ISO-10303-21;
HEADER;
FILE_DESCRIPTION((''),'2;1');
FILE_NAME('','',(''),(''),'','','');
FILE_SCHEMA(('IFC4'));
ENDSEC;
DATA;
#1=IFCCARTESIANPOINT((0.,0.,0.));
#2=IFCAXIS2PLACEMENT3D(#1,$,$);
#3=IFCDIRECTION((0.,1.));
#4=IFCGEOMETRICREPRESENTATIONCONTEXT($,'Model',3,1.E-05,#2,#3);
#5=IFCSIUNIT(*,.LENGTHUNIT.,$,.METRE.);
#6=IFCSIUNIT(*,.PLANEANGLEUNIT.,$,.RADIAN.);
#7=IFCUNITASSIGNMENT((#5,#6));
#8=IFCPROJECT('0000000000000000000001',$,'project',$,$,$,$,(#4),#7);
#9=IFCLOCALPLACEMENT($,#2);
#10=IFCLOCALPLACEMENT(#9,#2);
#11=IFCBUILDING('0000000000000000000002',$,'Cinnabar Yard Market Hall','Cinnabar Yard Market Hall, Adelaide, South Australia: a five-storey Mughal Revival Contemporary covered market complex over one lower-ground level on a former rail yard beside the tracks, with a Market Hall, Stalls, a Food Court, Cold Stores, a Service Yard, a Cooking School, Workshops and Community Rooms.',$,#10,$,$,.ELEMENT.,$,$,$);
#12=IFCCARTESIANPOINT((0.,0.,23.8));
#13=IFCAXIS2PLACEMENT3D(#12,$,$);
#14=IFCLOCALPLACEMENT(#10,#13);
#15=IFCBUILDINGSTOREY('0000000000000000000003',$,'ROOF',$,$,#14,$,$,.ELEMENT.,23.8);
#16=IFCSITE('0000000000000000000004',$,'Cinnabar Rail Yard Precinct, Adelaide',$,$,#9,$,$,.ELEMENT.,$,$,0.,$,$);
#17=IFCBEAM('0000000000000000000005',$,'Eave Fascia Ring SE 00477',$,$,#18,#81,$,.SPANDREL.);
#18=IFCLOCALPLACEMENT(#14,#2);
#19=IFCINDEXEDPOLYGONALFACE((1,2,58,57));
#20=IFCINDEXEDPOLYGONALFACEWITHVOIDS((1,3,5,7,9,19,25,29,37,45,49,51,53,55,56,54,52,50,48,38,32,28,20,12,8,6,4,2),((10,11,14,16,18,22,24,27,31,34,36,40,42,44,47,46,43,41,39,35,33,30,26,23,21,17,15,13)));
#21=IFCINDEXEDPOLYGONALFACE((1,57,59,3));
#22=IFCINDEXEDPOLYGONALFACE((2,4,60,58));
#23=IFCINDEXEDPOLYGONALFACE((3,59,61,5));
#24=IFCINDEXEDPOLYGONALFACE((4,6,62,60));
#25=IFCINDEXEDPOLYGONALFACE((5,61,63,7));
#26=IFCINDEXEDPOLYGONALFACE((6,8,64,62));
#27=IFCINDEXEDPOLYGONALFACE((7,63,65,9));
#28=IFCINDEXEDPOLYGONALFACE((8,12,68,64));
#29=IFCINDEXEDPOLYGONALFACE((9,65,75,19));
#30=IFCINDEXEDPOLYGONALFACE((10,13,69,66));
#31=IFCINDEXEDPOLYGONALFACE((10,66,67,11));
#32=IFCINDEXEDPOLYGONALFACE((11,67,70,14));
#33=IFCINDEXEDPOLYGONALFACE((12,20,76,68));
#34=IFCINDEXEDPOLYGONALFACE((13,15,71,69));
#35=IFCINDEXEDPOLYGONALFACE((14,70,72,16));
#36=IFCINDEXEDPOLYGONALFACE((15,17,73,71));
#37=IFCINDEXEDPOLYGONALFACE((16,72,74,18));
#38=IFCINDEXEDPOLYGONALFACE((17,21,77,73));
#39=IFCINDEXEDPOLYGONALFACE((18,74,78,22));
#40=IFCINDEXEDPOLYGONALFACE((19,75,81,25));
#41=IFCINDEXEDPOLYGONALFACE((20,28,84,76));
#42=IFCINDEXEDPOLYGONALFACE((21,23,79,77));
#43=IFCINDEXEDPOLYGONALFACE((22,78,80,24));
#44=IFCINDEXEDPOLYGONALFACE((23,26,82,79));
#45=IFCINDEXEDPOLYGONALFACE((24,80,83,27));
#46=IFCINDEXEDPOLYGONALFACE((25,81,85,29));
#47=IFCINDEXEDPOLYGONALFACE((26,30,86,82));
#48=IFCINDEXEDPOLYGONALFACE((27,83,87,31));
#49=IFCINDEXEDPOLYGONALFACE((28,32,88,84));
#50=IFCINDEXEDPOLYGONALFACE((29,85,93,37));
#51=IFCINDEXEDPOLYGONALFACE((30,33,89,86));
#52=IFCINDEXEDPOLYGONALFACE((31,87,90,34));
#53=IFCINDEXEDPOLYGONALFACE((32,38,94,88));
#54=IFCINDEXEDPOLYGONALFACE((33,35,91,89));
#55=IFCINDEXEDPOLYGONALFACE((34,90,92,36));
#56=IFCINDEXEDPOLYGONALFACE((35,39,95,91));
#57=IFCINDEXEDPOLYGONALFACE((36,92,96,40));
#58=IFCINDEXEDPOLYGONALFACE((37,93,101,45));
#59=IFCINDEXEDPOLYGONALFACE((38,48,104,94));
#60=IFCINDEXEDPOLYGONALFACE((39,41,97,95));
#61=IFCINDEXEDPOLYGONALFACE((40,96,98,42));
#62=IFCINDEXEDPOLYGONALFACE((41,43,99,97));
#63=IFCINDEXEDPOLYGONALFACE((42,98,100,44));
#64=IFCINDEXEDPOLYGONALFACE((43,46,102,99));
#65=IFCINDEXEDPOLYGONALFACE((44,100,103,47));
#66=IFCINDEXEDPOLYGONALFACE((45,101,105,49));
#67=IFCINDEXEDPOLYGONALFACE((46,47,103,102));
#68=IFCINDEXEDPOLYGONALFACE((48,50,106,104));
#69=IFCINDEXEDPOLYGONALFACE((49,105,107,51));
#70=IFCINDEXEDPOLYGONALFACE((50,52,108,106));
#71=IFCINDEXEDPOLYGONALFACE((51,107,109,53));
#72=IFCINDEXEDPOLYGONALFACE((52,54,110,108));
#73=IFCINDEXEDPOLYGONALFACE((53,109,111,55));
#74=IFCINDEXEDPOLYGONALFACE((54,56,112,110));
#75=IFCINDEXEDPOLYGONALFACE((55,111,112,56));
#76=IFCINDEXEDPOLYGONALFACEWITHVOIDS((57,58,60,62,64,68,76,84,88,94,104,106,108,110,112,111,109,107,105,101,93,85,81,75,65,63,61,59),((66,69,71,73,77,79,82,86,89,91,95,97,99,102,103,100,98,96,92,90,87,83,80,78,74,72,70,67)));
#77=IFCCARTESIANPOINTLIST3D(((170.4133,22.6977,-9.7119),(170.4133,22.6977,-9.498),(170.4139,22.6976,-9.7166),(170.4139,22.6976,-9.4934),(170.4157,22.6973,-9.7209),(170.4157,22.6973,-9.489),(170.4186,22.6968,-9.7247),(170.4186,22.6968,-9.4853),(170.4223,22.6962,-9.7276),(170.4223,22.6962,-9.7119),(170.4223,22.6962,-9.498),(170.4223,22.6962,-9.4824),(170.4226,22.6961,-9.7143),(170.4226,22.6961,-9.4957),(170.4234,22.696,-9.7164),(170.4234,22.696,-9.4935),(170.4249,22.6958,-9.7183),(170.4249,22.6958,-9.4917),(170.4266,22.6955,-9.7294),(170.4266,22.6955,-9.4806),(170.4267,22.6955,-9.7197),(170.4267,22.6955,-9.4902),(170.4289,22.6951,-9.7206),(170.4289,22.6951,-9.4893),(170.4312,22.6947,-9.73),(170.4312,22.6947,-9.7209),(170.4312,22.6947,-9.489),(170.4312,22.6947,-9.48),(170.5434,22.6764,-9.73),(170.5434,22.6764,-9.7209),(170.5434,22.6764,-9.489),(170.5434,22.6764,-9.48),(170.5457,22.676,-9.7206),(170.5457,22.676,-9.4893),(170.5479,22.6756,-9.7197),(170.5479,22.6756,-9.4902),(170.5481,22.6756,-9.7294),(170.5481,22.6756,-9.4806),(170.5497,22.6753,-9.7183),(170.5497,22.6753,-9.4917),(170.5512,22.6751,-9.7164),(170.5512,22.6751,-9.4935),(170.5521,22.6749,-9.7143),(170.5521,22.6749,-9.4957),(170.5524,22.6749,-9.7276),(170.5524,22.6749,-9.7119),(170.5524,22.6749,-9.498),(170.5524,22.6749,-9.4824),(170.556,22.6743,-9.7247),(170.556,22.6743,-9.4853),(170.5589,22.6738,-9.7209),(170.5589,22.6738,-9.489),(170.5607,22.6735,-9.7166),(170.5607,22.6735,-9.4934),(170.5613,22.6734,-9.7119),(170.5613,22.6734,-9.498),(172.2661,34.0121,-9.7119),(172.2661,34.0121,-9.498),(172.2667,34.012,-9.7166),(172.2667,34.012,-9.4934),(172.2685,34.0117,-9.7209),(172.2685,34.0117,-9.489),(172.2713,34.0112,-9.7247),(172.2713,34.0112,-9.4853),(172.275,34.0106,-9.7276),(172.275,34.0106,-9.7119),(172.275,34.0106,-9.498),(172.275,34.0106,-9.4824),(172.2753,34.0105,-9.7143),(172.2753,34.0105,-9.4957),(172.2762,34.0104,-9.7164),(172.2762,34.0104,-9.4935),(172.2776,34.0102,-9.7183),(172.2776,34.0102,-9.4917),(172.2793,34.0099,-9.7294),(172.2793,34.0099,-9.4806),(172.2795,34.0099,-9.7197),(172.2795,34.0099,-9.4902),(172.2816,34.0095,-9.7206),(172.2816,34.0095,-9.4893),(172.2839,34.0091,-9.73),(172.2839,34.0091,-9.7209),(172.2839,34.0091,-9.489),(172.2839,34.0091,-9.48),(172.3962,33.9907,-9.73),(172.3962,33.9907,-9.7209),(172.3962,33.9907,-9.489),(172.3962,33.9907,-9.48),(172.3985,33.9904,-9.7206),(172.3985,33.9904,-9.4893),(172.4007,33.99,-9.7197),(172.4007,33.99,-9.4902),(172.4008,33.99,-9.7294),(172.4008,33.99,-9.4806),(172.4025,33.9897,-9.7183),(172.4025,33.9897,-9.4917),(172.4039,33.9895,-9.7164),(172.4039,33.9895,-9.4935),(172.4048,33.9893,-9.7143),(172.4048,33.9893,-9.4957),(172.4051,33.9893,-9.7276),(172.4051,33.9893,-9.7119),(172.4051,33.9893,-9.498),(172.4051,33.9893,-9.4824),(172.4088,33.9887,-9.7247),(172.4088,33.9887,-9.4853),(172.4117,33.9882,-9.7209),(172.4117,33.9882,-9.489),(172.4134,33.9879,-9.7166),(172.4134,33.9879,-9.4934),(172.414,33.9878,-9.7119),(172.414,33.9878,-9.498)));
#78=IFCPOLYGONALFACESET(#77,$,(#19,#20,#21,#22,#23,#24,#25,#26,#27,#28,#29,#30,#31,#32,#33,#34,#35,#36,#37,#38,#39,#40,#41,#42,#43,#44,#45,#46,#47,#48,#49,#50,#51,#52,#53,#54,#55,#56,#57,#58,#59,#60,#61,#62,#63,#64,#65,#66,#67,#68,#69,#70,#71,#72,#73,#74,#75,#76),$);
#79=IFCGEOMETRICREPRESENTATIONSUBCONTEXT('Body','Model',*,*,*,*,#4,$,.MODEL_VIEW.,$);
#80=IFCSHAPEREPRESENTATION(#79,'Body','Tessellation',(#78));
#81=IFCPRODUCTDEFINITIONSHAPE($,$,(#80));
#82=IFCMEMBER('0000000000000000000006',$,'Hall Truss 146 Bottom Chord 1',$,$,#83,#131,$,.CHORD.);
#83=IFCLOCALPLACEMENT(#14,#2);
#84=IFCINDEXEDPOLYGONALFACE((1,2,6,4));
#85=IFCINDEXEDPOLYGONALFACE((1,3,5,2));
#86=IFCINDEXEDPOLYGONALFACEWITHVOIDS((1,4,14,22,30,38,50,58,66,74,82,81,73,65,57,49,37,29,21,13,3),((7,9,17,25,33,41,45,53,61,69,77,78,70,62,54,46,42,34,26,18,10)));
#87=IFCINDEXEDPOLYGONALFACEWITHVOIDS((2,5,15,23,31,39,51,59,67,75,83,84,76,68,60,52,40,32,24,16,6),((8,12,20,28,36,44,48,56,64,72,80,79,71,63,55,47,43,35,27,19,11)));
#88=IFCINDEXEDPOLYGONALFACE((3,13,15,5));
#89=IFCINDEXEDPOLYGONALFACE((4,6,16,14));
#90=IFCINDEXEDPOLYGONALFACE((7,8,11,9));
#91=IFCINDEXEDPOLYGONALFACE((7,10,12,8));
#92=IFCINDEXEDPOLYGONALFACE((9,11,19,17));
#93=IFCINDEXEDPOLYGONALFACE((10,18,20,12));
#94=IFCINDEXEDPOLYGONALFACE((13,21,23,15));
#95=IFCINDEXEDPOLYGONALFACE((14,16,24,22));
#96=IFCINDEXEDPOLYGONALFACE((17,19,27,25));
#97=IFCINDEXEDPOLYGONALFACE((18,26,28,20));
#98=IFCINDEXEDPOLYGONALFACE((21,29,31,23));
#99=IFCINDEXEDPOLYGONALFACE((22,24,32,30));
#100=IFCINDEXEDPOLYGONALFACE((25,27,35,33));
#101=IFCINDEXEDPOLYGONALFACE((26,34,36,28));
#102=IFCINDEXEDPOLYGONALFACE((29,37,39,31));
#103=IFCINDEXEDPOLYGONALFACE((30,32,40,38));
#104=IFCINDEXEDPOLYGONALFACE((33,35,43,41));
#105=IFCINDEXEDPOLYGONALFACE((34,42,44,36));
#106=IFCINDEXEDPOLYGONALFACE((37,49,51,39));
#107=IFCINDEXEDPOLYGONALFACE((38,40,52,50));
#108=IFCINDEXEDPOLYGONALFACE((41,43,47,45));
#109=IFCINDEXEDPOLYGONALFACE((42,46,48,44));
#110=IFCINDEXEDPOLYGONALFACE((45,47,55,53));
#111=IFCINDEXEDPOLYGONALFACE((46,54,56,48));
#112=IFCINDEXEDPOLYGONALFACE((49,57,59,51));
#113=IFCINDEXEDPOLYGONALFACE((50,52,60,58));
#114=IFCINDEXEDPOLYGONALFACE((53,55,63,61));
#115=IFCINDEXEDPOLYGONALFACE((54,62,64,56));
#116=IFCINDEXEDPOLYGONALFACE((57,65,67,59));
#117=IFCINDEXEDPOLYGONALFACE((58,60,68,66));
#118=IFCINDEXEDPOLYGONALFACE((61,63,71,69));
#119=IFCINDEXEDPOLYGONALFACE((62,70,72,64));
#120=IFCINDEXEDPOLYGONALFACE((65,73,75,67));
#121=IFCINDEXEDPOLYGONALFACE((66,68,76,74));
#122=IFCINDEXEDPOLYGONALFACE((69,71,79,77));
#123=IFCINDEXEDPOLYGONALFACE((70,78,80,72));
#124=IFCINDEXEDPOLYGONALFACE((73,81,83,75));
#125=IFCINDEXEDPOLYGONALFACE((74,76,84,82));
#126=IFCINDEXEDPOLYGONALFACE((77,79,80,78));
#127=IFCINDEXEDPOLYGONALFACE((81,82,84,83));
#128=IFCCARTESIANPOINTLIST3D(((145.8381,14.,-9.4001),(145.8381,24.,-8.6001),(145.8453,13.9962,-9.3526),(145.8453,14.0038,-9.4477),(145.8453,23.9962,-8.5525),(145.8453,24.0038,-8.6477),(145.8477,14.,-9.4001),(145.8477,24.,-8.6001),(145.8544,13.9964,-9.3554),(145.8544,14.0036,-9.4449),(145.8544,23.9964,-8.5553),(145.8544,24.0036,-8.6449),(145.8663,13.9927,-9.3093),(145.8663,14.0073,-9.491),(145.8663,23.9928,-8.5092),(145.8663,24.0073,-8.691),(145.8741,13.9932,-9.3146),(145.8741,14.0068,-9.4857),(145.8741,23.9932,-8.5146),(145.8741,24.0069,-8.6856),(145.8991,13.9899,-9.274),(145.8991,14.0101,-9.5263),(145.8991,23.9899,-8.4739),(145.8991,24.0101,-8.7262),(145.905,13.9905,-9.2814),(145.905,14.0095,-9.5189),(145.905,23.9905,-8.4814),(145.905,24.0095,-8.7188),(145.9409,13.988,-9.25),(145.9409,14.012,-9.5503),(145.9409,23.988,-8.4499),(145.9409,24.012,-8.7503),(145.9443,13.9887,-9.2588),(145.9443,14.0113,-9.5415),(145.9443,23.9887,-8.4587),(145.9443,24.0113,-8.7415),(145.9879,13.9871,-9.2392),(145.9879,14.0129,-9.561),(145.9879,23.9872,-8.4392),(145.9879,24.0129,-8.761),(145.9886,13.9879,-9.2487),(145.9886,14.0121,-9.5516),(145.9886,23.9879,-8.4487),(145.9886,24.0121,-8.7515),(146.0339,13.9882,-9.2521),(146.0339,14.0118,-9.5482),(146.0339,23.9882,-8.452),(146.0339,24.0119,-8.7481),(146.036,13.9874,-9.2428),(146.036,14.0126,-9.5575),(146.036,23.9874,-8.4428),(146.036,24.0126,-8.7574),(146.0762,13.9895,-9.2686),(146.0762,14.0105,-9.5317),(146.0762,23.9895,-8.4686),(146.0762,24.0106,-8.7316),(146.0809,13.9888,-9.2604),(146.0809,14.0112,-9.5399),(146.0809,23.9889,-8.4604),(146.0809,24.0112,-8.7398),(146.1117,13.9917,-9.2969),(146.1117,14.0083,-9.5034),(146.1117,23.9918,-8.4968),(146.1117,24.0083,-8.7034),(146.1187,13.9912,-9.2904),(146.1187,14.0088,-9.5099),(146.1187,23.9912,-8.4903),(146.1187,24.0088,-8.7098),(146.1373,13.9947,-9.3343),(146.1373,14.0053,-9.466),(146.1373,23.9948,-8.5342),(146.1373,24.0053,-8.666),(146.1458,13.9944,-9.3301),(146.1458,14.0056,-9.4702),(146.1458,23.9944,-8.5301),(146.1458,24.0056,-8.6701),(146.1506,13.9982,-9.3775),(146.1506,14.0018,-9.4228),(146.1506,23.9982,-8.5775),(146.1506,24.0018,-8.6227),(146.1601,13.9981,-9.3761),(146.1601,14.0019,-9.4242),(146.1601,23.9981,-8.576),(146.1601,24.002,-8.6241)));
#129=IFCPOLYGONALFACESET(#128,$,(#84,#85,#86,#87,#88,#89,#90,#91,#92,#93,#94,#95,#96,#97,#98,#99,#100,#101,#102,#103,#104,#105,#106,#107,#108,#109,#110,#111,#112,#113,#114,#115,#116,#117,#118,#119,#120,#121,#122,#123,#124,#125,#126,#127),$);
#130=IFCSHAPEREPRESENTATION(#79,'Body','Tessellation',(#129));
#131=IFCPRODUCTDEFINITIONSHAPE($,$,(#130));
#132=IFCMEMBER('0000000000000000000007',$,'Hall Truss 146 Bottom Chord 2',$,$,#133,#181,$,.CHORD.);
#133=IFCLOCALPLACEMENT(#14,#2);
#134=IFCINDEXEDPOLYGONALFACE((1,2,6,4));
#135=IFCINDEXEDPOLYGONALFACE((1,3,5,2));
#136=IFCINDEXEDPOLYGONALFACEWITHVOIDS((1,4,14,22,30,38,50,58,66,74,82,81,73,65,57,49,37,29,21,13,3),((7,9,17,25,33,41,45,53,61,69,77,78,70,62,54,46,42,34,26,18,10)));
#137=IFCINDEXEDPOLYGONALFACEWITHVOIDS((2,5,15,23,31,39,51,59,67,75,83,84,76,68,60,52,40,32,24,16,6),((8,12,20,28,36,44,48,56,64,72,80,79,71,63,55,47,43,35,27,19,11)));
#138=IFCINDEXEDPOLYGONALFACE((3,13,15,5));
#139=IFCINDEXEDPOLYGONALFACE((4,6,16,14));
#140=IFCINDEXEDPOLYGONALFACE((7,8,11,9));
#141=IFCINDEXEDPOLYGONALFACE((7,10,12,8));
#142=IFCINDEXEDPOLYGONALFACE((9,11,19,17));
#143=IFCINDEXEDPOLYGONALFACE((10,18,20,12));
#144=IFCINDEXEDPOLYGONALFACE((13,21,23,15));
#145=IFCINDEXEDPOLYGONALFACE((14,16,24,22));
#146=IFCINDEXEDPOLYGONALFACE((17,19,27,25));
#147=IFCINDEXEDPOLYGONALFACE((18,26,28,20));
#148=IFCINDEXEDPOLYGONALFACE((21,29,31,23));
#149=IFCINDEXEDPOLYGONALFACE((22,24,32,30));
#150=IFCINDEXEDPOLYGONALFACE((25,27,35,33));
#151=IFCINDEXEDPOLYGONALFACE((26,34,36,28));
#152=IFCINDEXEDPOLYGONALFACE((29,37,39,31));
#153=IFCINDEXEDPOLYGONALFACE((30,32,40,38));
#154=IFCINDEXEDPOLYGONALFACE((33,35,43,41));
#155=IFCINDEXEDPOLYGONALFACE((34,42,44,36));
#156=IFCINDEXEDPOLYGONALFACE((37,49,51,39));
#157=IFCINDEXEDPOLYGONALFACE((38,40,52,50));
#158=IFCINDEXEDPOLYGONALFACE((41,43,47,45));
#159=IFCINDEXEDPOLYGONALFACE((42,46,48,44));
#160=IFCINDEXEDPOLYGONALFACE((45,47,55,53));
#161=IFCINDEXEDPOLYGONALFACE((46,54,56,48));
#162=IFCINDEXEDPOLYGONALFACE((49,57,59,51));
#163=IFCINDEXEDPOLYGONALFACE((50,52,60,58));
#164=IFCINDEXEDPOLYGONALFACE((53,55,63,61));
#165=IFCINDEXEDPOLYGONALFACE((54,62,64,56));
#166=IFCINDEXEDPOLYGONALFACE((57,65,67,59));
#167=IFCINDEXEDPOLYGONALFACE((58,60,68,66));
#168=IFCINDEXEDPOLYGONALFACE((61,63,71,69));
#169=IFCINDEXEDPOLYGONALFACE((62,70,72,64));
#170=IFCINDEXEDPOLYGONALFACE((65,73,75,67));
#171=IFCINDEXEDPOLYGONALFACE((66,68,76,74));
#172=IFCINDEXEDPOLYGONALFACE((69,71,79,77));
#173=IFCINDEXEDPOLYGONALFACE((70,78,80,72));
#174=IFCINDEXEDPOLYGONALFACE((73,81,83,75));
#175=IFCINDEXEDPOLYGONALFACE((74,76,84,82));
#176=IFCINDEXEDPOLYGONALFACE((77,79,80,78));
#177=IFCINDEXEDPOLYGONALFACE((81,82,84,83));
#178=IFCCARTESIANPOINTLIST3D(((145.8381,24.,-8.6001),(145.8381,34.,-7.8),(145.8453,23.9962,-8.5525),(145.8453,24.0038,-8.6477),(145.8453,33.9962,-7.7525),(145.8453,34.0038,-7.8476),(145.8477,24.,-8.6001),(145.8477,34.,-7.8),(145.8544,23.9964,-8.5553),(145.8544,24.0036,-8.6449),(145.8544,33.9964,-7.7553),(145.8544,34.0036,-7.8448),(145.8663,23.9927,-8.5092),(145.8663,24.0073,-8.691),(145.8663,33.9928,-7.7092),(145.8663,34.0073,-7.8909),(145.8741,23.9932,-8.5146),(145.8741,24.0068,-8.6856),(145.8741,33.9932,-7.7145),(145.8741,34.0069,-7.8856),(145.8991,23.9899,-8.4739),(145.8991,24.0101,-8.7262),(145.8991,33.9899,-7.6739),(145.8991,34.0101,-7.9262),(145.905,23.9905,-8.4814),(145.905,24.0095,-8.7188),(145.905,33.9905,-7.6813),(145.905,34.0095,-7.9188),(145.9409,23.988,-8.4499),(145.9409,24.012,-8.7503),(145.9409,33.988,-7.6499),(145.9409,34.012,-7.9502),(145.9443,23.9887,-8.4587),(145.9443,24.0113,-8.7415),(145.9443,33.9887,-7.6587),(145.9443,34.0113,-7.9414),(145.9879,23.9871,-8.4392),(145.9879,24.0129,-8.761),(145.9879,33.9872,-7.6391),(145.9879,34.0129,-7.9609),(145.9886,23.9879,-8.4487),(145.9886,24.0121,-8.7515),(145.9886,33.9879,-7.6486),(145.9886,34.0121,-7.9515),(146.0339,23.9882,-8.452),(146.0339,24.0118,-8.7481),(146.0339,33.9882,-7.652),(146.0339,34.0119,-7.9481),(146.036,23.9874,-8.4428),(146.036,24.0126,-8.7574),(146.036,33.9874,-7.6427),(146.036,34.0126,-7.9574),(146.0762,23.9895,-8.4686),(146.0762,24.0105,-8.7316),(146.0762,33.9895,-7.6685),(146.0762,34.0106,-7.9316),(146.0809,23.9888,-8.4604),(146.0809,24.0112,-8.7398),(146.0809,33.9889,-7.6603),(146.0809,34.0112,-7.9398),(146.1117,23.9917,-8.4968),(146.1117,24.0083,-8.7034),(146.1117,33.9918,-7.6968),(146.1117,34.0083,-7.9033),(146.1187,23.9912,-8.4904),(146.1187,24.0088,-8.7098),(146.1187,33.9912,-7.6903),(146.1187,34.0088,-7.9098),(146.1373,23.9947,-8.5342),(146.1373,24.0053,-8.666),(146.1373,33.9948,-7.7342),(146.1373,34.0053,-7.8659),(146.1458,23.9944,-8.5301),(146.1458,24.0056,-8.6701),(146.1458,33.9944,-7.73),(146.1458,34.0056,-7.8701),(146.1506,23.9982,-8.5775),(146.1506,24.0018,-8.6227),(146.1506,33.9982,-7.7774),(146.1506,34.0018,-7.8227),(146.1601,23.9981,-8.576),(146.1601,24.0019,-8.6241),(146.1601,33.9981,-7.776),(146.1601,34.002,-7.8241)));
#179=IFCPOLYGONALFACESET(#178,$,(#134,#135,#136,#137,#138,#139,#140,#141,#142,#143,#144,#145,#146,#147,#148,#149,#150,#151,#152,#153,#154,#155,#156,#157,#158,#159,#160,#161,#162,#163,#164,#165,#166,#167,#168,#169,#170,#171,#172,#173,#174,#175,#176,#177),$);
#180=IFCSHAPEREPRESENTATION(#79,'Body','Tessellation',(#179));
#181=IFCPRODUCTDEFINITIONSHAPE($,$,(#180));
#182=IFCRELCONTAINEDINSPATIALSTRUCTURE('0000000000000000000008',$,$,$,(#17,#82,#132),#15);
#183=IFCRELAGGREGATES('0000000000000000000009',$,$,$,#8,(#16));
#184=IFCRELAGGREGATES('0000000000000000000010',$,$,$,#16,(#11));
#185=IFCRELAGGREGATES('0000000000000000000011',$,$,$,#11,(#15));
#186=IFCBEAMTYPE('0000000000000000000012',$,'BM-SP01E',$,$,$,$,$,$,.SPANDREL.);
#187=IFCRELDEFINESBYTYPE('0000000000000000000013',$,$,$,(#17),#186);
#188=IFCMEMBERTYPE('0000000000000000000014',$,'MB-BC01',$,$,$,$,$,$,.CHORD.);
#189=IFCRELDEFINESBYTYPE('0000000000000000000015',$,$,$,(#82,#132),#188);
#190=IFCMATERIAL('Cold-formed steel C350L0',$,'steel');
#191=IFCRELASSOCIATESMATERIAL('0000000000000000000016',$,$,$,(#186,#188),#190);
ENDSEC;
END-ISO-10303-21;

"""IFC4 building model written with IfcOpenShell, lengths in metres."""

from ifc_helpers import new_model, si_unit, direction, frame, origin, origin_2d_with_axis, place, context, subcontext, project, spatial, hollow_rectangle, hollow_circle, extrude, material, material_profile, profile_set, type_object, element, save


model = new_model("IFC4")

# Units and contexts
model_context = context("Model", 3, precision=1e-05, world=origin(), true_north=direction((0.0, 1.0)))
body_context = subcontext(model_context, "Body", "Model", "MODEL_VIEW")
ifc_project = project(units=[si_unit("LENGTHUNIT", "METRE"), si_unit("PLANEANGLEUNIT", "RADIAN")], contexts=[model_context])

# Site, building, storey
site_placement = place(None, origin())
site = spatial("IfcSite", under=ifc_project, at=site_placement, Name="Cinnabar Rail Yard Precinct, Adelaide", CompositionType="ELEMENT", RefElevation=0.0)
building_placement = place(site_placement, origin())
building = spatial("IfcBuilding", under=site, at=building_placement, Name="Cinnabar Yard Market Hall", Description="Cinnabar Yard Market Hall, Adelaide, South Australia: a five-storey Mughal Revival Contemporary covered market complex over one lower-ground level on a former rail yard beside the tracks, with a Market Hall, Stalls, a Food Court, Cold Stores, a Service Yard, a Cooking School, Workshops and Community Rooms.", CompositionType="ELEMENT")
storey_placement = place(building_placement, frame((0.0, 0.0, 23.8)))
storey = spatial("IfcBuildingStorey", under=building, at=storey_placement, Name="ROOF", CompositionType="ELEMENT", Elevation=23.8)

# Beam
ifc_material_1 = material(Name="Cold-formed steel C350L0", Category="steel")
ifc_material_profile_1 = material_profile(ifc_material_1, hollow_rectangle(XDim=0.1499, YDim=0.25, WallThickness=0.009, InnerFilletRadius=0.009, OuterFilletRadius=0.0181, at=origin_2d_with_axis()), Name="250x150x9.0RHS")
ifc_profile_set_1 = profile_set([ifc_material_profile_1], Name="Cold-formed steel C350L0")
beam_type_1 = type_object("IfcBeamType", Name="BM-SP01E", PredefinedType="SPANDREL", material=ifc_profile_set_1)
beam_1_placement = place(storey_placement, frame((170.4873, 22.6855, -9.605), z_axis=(0.161601, 0.986856, 0.0), x_axis=(-0.986856, 0.161601, 0.0)))
element("IfcBeam", 1, at=beam_1_placement, inside=storey, type_object=beam_type_1, Name="Eave Fascia Ring SE 00477", PredefinedType="SPANDREL", context=body_context, shape_type="SweptSolid", body=[
    extrude(hollow_rectangle(XDim=0.1499, YDim=0.25, WallThickness=0.009, InnerFilletRadius=0.009, OuterFilletRadius=0.0181, at=origin_2d_with_axis()), origin(), (0.0, 0.0, 1.0), 11.4651),
])

# Members
ifc_material_profile_2 = material_profile(ifc_material_1, hollow_circle(Radius=0.1619, WallThickness=0.0095, at=origin_2d_with_axis()), Name="323.9x9.5CHS")
ifc_profile_set_2 = profile_set([ifc_material_profile_2], Name="Cold-formed steel C350L0")
member_type_1 = type_object("IfcMemberType", Name="MB-BC01", PredefinedType="CHORD", material=ifc_profile_set_2)
for number, where, z_axis, x_axis, name in (
    (2, (146.0, 14.0, -9.4001), (0.0, 0.996815, 0.07975), (-1.0, 0.0, 0.0), "Hall Truss 146 Bottom Chord 1"),
    (3, (146.0, 24.0, -8.6001), (0.0, 0.996815, 0.07975), (-1.0, 0.0, 0.0), "Hall Truss 146 Bottom Chord 2"),
):
    element("IfcMember", number, at=place(storey_placement, frame(where, z_axis=z_axis, x_axis=x_axis)), inside=storey, type_object=member_type_1, Name=name, PredefinedType="CHORD", context=body_context, shape_type="SweptSolid", body=[
        extrude(hollow_circle(Radius=0.1619, WallThickness=0.0095, at=origin_2d_with_axis()), origin(), (0.0, 0.0, 1.0), 10.032),
    ])

save(model, "model.ifc")
